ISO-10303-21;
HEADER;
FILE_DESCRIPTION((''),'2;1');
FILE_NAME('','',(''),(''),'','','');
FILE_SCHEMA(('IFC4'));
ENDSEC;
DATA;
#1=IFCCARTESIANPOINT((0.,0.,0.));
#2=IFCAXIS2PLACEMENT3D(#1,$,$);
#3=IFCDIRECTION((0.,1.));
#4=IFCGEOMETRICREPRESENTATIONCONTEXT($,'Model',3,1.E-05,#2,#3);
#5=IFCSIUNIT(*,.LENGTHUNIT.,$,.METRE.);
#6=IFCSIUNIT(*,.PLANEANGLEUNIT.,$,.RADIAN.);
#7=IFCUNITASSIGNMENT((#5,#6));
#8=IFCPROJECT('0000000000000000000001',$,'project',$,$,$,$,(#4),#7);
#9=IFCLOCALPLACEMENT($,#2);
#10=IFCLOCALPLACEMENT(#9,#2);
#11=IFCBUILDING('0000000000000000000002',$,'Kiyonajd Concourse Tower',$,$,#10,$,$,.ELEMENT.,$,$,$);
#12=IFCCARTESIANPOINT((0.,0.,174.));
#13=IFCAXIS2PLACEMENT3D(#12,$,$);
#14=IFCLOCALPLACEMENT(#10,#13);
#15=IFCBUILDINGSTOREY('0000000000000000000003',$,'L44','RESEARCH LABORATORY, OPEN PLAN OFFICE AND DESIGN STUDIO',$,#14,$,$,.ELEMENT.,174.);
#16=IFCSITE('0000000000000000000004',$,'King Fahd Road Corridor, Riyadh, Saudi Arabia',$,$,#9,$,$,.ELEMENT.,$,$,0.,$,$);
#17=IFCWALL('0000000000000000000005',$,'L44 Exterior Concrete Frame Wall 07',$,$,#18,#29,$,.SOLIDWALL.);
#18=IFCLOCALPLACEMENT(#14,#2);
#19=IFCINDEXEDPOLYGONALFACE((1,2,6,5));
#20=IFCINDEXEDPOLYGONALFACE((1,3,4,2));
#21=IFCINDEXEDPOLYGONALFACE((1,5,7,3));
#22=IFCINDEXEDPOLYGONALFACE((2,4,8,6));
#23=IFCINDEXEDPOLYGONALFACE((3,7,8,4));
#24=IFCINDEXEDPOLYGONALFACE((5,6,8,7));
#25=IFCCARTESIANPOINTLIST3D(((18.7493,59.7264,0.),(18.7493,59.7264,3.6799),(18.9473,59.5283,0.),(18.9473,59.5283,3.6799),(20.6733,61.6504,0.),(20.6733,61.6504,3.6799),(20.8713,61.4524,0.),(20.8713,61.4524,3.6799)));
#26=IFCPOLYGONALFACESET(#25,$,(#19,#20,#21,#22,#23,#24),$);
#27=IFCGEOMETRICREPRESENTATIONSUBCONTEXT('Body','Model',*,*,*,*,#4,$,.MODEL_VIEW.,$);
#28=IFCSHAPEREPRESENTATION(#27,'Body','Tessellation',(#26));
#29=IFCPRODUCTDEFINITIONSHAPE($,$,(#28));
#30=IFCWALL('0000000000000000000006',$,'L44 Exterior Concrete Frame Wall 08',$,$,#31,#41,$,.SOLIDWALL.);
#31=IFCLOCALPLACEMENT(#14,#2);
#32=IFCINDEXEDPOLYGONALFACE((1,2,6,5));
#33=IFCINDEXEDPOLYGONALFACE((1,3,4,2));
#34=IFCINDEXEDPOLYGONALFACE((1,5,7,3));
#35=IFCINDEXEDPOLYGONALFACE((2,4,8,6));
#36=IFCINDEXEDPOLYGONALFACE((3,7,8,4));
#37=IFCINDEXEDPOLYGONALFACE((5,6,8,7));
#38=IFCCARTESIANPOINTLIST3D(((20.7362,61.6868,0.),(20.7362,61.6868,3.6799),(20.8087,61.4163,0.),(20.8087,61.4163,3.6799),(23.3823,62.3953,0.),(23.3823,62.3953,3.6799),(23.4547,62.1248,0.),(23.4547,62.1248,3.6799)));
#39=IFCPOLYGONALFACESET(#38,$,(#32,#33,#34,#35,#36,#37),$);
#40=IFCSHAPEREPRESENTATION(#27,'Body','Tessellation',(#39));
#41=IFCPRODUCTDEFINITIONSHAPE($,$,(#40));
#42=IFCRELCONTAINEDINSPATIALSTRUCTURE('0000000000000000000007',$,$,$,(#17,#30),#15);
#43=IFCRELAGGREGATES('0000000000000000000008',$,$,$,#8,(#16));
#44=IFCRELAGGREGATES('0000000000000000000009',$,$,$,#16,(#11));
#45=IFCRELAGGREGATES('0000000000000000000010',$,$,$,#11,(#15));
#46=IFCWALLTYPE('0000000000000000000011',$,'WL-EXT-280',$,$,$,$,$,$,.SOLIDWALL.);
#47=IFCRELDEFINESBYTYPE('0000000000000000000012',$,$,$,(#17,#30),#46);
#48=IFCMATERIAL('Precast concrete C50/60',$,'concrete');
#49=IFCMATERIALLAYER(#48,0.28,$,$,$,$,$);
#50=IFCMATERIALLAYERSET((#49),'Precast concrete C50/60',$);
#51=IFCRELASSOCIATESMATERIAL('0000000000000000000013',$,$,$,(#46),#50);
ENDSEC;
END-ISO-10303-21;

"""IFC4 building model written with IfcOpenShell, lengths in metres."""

from ifc_helpers import new_model, si_unit, direction, frame, frame_2d, origin, place, context, subcontext, project, spatial, rectangle, extrude, material, layer, layer_set, type_object, element, save


model = new_model("IFC4")

# Units and contexts
model_context = context("Model", 3, precision=1e-05, world=origin(), true_north=direction((0.0, 1.0)))
body_context = subcontext(model_context, "Body", "Model", "MODEL_VIEW")
ifc_project = project(units=[si_unit("LENGTHUNIT", "METRE"), si_unit("PLANEANGLEUNIT", "RADIAN")], contexts=[model_context])

# Site, building, storey
site_placement = place(None, origin())
site = spatial("IfcSite", under=ifc_project, at=site_placement, Name="King Fahd Road Corridor, Riyadh, Saudi Arabia", CompositionType="ELEMENT", RefElevation=0.0)
building_placement = place(site_placement, origin())
building = spatial("IfcBuilding", under=site, at=building_placement, Name="Kiyonajd Concourse Tower", CompositionType="ELEMENT")
storey_placement = place(building_placement, frame((0.0, 0.0, 174.0)))
storey = spatial("IfcBuildingStorey", under=building, at=storey_placement, Name="L44", Description="RESEARCH LABORATORY, OPEN PLAN OFFICE AND DESIGN STUDIO", CompositionType="ELEMENT", Elevation=174.0)

# Walls
ifc_material_1 = material(Name="Precast concrete C50/60", Category="concrete")
ifc_layer_1 = layer(ifc_material_1, 0.28)
ifc_layer_set_1 = layer_set([ifc_layer_1], Name="Precast concrete C50/60")
wall_type = type_object("IfcWallType", Name="WL-EXT-280", PredefinedType="SOLIDWALL", material=ifc_layer_set_1)
wall_1_placement = place(storey_placement, frame((18.8484, 59.6274, 0.0), z_axis=(0.0, 0.0, 1.0), x_axis=(0.707107, 0.707107, 0.0)))
element("IfcWall", 1, at=wall_1_placement, inside=storey, type_object=wall_type, Name="L44 Exterior Concrete Frame Wall 07", PredefinedType="SOLIDWALL", context=body_context, shape_type="SweptSolid", body=[
    extrude(rectangle(XDim=2.7209, YDim=0.28, at=frame_2d((1.3604, 0.0))), origin(), (0.0, 0.0, 1.0), 3.6799),
])
wall_2_placement = place(storey_placement, frame((20.7725, 61.5515, 0.0), z_axis=(0.0, 0.0, 1.0), x_axis=(0.965971, 0.25865, 0.0)))
element("IfcWall", 2, at=wall_2_placement, inside=storey, type_object=wall_type, Name="L44 Exterior Concrete Frame Wall 08", PredefinedType="SOLIDWALL", context=body_context, shape_type="SweptSolid", body=[
    extrude(rectangle(XDim=2.7393, YDim=0.28, at=frame_2d((1.3696, 0.0))), origin(), (0.0, 0.0, 1.0), 3.6799),
])

save(model, "model.ifc")
